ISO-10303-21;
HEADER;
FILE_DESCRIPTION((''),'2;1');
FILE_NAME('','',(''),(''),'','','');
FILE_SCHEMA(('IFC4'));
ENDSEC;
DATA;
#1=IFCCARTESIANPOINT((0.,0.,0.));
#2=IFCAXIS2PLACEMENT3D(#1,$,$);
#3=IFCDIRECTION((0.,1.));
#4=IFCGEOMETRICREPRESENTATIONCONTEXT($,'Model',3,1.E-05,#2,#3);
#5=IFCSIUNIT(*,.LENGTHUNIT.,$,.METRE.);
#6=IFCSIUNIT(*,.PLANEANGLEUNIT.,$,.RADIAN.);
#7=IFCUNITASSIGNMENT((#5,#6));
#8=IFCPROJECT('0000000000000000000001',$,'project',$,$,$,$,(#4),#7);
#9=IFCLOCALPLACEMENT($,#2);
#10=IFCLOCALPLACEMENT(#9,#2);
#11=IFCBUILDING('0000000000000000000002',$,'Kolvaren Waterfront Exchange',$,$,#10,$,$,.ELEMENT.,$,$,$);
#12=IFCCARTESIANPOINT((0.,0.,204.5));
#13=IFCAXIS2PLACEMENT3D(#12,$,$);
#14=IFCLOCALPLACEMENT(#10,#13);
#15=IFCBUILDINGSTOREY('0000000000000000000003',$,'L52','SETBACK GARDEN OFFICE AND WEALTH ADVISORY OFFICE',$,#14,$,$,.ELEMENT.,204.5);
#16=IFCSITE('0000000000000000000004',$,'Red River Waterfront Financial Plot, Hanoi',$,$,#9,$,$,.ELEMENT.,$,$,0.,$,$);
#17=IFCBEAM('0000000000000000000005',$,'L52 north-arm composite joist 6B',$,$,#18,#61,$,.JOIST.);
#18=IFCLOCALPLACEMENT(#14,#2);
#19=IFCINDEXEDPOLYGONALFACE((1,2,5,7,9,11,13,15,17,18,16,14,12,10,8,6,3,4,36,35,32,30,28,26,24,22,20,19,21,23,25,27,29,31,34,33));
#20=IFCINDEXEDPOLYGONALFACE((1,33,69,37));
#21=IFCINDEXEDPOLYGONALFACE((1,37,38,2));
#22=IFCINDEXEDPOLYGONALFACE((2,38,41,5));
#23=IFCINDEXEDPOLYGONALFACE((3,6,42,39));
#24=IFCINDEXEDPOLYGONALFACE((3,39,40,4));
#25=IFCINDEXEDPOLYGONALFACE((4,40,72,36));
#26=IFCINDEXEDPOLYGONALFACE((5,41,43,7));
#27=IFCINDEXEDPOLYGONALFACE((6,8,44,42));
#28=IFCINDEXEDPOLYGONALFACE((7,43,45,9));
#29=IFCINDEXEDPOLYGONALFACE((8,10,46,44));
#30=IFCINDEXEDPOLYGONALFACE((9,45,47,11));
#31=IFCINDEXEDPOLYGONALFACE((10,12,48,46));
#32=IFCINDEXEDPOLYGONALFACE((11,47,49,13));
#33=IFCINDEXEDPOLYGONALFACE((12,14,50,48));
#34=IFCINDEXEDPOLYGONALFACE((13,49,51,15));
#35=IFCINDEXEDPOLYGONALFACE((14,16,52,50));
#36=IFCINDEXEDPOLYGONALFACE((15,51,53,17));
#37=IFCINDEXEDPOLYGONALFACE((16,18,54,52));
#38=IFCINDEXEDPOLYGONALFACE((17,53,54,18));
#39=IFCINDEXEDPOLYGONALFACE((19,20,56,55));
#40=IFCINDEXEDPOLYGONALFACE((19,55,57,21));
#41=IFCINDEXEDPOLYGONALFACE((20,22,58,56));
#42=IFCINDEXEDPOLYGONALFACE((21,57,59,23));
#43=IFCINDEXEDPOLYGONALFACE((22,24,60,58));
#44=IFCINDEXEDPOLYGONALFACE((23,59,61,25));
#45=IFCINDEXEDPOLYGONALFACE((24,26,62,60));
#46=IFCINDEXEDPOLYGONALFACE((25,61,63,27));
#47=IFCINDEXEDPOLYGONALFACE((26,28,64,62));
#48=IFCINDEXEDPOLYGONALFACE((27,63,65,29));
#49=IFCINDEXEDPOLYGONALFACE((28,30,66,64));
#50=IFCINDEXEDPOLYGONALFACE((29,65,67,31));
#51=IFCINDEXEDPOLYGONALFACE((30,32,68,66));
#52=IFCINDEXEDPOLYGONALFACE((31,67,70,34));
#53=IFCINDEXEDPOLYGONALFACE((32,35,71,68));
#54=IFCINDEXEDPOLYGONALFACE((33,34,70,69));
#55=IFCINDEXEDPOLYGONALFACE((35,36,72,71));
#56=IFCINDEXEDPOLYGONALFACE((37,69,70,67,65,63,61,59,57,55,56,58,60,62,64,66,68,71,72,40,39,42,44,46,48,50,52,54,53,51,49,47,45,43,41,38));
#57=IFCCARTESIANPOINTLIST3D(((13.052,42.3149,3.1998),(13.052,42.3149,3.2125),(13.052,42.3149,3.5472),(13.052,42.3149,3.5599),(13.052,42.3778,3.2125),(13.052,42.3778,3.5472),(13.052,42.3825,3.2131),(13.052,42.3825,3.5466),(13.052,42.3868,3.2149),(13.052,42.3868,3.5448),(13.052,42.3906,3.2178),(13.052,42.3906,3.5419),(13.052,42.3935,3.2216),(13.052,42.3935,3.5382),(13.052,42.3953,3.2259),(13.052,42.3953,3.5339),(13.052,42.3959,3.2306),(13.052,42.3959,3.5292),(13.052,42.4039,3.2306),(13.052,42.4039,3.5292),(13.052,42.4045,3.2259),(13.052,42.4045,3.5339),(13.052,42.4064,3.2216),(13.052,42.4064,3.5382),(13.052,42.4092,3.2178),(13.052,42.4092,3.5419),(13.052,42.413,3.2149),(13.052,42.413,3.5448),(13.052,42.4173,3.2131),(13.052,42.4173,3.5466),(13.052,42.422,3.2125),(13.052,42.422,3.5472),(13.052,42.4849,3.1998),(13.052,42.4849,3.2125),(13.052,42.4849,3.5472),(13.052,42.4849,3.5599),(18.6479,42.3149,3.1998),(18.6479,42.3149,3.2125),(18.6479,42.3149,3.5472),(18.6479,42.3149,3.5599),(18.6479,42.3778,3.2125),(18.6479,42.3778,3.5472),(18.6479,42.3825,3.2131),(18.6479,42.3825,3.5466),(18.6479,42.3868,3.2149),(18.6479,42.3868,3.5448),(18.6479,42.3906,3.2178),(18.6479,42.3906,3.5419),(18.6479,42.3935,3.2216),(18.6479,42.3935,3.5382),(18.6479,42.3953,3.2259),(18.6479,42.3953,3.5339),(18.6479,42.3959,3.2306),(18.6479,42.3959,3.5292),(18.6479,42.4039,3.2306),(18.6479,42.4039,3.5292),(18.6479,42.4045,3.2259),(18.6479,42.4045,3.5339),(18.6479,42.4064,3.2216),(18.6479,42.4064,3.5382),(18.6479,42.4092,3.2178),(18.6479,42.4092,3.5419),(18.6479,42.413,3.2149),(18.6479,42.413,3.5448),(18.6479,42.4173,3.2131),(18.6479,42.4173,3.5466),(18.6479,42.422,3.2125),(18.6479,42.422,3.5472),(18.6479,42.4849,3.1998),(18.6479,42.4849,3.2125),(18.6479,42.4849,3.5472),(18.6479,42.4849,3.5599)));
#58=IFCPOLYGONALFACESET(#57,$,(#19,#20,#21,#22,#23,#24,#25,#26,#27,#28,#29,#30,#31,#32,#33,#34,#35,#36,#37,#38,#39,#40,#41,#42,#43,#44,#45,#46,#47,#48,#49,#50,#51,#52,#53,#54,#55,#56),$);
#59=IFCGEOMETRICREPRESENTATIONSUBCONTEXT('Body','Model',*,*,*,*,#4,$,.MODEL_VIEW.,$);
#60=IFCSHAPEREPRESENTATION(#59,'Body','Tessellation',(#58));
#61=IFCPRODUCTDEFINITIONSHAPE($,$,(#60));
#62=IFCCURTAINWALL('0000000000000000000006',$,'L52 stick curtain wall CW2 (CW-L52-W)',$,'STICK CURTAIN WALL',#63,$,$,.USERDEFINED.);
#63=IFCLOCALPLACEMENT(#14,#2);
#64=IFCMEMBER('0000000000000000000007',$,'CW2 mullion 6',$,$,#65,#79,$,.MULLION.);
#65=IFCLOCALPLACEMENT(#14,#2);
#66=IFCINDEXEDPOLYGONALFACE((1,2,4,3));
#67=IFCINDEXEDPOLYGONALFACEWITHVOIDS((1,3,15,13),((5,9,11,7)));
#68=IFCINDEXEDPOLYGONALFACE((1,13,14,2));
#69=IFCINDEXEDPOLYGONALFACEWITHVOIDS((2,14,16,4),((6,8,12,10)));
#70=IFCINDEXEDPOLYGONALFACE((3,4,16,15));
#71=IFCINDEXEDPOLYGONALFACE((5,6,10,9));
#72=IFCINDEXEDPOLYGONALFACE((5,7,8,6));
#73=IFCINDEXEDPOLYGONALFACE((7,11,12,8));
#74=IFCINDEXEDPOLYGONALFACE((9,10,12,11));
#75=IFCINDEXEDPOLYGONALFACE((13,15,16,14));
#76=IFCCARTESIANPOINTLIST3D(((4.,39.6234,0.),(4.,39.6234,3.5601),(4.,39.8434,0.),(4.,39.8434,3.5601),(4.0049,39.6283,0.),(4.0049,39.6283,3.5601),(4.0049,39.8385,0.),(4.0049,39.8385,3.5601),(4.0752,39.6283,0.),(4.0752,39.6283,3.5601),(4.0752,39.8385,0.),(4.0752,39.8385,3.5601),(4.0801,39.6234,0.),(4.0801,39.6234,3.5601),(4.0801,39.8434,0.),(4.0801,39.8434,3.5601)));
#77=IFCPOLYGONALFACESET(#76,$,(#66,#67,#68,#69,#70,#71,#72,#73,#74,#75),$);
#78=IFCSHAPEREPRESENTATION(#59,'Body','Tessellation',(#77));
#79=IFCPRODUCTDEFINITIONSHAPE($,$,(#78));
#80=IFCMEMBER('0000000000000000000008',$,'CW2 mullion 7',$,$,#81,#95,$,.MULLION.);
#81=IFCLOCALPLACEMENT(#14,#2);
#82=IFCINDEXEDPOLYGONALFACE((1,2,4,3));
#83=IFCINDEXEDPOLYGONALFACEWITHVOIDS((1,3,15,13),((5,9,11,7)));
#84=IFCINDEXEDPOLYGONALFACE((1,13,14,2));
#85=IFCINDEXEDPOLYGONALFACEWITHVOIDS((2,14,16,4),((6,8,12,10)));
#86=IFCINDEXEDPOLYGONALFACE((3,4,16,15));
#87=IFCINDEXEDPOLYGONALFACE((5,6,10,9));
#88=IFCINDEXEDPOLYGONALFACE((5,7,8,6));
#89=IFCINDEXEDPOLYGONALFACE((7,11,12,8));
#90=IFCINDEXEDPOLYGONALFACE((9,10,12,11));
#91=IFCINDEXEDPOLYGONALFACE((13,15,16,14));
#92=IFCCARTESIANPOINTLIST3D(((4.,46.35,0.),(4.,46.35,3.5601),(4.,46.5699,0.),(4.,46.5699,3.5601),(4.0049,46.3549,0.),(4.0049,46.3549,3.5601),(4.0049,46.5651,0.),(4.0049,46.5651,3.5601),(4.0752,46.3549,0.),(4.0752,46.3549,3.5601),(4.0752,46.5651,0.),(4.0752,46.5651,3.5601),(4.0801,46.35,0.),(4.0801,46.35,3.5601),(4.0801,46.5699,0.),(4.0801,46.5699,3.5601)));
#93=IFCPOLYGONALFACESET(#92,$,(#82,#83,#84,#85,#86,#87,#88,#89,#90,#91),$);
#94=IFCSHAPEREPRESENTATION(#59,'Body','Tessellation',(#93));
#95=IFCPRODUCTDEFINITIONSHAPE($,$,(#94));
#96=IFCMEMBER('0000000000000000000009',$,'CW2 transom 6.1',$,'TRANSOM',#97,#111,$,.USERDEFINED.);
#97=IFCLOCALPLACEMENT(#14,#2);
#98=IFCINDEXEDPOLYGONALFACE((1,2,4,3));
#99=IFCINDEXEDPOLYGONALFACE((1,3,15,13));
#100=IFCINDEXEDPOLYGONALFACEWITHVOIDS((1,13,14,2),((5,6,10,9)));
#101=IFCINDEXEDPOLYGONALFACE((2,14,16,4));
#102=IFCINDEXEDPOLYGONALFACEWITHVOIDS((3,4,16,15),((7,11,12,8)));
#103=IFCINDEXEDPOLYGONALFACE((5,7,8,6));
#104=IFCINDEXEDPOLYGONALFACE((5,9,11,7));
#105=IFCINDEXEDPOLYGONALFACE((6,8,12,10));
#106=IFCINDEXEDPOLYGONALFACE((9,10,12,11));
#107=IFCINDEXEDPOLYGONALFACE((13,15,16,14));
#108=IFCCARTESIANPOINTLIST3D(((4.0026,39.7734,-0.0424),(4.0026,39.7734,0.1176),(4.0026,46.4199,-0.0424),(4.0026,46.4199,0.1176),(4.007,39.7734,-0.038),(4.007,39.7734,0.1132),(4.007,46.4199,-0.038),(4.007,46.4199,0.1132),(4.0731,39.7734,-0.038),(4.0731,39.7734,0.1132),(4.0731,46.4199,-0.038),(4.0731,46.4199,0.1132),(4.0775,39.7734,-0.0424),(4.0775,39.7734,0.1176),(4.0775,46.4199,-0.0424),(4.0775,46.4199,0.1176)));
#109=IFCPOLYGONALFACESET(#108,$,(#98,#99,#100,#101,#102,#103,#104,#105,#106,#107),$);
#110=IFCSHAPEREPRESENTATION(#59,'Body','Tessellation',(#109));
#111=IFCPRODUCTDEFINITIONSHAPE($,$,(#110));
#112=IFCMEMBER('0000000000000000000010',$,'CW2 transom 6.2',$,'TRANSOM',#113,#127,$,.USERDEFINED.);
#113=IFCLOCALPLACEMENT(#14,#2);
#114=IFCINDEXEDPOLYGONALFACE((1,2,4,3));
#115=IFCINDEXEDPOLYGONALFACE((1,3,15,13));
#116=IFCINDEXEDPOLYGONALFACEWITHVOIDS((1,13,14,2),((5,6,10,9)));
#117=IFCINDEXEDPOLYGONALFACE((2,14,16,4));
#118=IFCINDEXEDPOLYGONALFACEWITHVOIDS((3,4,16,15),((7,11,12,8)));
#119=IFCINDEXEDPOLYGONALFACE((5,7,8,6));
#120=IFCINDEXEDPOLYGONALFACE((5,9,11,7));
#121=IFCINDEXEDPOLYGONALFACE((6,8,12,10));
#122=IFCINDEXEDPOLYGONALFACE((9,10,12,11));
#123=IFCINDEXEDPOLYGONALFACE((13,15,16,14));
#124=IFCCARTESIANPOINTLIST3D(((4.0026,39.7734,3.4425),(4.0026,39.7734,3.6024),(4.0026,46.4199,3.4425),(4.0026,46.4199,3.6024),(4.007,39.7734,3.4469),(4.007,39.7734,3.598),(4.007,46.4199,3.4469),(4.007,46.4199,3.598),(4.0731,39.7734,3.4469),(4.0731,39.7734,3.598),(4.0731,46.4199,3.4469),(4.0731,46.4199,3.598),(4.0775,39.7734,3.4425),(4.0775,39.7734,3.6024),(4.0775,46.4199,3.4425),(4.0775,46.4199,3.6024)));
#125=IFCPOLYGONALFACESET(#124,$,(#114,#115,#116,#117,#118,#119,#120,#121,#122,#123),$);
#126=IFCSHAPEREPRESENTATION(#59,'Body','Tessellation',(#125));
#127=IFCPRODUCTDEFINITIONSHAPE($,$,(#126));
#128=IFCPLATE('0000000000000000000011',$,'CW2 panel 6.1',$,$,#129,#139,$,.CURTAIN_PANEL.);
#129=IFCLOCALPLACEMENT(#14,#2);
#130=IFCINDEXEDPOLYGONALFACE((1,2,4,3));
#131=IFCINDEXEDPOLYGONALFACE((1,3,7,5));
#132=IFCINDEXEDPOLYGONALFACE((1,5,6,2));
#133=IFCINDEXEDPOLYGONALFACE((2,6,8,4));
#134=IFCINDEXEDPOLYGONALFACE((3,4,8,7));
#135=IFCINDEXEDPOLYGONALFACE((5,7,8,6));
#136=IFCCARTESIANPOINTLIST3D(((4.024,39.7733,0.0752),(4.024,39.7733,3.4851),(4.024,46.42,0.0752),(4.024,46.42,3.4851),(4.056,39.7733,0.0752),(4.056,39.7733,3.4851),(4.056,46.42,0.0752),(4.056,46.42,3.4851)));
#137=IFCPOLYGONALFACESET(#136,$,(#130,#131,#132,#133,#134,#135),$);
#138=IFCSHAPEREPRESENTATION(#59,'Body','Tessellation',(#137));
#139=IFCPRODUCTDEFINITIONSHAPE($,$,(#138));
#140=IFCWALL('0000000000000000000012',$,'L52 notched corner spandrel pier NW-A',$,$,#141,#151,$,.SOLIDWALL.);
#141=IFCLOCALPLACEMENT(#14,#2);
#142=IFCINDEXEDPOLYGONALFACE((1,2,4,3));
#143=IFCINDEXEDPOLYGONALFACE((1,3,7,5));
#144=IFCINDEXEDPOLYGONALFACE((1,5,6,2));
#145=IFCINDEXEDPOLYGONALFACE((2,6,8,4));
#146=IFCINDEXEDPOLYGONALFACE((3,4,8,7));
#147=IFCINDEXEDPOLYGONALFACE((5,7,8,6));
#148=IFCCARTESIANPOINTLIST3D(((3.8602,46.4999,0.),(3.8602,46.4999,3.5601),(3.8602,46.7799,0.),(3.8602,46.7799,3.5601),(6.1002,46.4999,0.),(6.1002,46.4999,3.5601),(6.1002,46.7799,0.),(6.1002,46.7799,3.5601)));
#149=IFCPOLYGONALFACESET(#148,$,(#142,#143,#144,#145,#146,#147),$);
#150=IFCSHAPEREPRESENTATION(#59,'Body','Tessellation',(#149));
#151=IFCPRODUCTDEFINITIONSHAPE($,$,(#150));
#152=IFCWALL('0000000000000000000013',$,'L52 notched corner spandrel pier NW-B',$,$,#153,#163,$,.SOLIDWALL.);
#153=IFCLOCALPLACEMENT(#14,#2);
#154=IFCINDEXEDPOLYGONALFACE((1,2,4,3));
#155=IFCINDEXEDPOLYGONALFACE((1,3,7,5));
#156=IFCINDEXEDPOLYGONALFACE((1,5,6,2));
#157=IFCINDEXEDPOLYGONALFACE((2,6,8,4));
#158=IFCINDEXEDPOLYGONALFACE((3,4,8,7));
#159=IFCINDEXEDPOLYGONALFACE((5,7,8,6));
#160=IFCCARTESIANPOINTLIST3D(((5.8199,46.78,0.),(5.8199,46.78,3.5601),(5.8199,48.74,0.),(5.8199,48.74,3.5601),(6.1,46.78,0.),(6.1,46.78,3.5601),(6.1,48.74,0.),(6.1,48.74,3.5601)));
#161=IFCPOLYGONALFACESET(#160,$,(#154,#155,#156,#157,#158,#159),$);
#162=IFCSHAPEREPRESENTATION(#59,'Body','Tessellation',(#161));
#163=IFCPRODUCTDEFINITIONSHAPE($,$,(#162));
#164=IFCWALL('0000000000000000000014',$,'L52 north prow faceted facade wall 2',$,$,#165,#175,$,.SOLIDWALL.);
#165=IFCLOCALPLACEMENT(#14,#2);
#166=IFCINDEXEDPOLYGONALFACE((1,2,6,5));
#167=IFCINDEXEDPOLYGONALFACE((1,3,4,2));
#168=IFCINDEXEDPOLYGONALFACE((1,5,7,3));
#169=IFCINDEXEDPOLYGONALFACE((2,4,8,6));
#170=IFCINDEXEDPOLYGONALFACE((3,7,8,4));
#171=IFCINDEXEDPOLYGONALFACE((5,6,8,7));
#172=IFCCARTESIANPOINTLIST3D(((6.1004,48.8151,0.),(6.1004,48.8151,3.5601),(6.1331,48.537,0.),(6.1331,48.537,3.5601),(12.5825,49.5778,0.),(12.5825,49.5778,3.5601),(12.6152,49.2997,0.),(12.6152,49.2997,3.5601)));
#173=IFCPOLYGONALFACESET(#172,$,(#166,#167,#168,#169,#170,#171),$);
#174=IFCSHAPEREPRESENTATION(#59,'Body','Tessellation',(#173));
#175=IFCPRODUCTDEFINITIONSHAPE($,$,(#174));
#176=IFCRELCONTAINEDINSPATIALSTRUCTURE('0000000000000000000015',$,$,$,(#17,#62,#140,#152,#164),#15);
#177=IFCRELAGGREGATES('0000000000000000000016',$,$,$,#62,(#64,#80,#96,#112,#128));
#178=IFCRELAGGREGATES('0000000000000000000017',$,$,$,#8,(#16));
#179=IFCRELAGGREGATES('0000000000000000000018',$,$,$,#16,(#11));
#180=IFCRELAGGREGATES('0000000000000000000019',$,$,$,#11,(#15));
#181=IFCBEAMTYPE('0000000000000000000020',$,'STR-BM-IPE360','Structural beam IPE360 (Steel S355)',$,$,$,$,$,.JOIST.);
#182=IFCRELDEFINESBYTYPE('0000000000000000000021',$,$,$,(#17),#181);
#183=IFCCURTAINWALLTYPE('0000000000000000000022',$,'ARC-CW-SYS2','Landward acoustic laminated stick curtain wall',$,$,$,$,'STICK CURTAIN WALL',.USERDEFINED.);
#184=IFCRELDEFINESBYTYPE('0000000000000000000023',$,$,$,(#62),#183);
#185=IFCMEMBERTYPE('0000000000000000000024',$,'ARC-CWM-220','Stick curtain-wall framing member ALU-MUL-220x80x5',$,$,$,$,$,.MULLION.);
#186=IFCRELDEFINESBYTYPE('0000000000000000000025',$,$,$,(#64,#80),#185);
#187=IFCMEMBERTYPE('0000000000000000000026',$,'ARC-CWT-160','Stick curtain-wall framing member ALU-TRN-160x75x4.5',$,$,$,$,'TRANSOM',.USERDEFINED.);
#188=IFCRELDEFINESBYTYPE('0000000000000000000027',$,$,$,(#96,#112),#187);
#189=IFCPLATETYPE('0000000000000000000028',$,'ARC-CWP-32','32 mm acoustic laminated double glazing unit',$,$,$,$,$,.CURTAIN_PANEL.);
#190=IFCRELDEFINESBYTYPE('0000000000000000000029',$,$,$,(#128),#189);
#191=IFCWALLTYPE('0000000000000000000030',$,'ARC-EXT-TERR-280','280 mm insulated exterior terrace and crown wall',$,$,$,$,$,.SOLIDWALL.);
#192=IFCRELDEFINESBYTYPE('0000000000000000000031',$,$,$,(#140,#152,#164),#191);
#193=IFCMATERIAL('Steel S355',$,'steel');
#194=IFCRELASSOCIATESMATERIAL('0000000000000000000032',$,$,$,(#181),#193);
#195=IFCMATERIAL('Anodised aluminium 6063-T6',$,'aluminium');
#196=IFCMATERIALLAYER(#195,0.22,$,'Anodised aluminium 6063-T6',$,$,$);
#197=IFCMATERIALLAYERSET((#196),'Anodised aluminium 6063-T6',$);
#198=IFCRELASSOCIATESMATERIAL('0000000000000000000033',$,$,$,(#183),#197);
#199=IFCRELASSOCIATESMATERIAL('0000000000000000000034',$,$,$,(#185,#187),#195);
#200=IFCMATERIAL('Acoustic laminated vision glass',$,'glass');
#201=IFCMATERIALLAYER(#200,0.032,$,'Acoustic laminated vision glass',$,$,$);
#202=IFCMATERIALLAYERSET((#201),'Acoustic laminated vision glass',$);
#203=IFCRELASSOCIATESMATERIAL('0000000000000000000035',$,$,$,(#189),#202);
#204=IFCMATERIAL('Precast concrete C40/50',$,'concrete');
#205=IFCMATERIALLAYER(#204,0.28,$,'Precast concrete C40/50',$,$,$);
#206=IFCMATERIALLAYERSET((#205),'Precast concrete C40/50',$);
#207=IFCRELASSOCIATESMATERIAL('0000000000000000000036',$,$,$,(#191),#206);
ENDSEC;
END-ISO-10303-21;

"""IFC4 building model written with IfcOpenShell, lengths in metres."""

from ifc_helpers import new_model, si_unit, direction, frame, frame_2d, origin, origin_with_axes, origin_2d, place, context, subcontext, project, spatial, rectangle, hollow_rectangle, i_section, extrude, source, transform, mapped, material, layer, layer_set, material_profile, profile_set, type_object, element, aggregate, save


model = new_model("IFC4")

# Units and contexts
model_context = context("Model", 3, precision=1e-05, world=origin(), true_north=direction((0.0, 1.0)))
body_context = subcontext(model_context, "Body", "Model", "MODEL_VIEW")
ifc_project = project(units=[si_unit("LENGTHUNIT", "METRE"), si_unit("PLANEANGLEUNIT", "RADIAN")], contexts=[model_context])

# Site, building, storey
site_placement = place(None, origin())
site = spatial("IfcSite", under=ifc_project, at=site_placement, Name="Red River Waterfront Financial Plot, Hanoi", CompositionType="ELEMENT", RefElevation=0.0)
building_placement = place(site_placement, origin())
building = spatial("IfcBuilding", under=site, at=building_placement, Name="Kolvaren Waterfront Exchange", CompositionType="ELEMENT")
storey_placement = place(building_placement, frame((0.0, 0.0, 204.5)))
storey = spatial("IfcBuildingStorey", under=building, at=storey_placement, Name="L52", Description="SETBACK GARDEN OFFICE AND WEALTH ADVISORY OFFICE", CompositionType="ELEMENT", Elevation=204.5)

# Beam
ifc_material_1 = material(Name="Steel S355", Category="steel")
ifc_material_profile_1 = material_profile(ifc_material_1, i_section(OverallWidth=0.1699, OverallDepth=0.3601, WebThickness=0.0081, FlangeThickness=0.0127, FilletRadius=0.0181, at=origin_2d()), Name="IPE360")
ifc_profile_set_1 = profile_set([ifc_material_profile_1], Name="Steel S355")
beam_type_1 = type_object("IfcBeamType", Name="STR-BM-IPE360", Description="Structural beam IPE360 (Steel S355)", PredefinedType="JOIST", material=ifc_profile_set_1)
beam_1_placement = place(storey_placement, frame((13.052, 42.3999, 3.3799), z_axis=(1.0, 0.0, 0.0), x_axis=(0.0, 1.0, 0.0)))
element("IfcBeam", 1, at=beam_1_placement, inside=storey, type_object=beam_type_1, Name="L52 north-arm composite joist 6B", PredefinedType="JOIST", context=body_context, shape_type="SweptSolid", body=[
    extrude(i_section(OverallWidth=0.1699, OverallDepth=0.3601, WebThickness=0.0081, FlangeThickness=0.0127, FilletRadius=0.0181, at=origin_2d()), origin(), (0.0, 0.0, 1.0), 5.5959),
])

# Curtain wall, members, plate
ifc_material_2 = material(Name="Anodised aluminium 6063-T6", Category="aluminium")
ifc_layer_1 = layer(ifc_material_2, 0.22, Name="Anodised aluminium 6063-T6")
ifc_layer_set_1 = layer_set([ifc_layer_1], Name="Anodised aluminium 6063-T6")
curtain_wall_type = type_object("IfcCurtainWallType", Name="ARC-CW-SYS2", Description="Landward acoustic laminated stick curtain wall", ElementType="STICK CURTAIN WALL", PredefinedType="USERDEFINED", material=ifc_layer_set_1)
curtain_wall_placement = place(storey_placement, origin())
curtain_wall = element("IfcCurtainWall", 2, at=curtain_wall_placement, inside=storey, type_object=curtain_wall_type, Name="L52 stick curtain wall CW2 (CW-L52-W)", ObjectType="STICK CURTAIN WALL", PredefinedType="USERDEFINED")
ifc_material_profile_2 = material_profile(ifc_material_2, hollow_rectangle(XDim=0.0801, YDim=0.22, WallThickness=0.0049, at=origin_2d()), Name="ALU-MUL-220x80x5")
ifc_profile_set_2 = profile_set([ifc_material_profile_2], Name="Anodised aluminium 6063-T6")
member_type_1 = type_object("IfcMemberType", Name="ARC-CWM-220", Description="Stick curtain-wall framing member ALU-MUL-220x80x5", PredefinedType="MULLION", material=ifc_profile_set_2)
shared_shape_1 = source(origin_with_axes(), body_context, "Body", "SweptSolid", [
    extrude(hollow_rectangle(XDim=0.0801, YDim=0.22, WallThickness=0.0049, at=origin_2d()), origin(), (0.0, 0.0, 1.0), 3.5601),
])
member_1_placement = place(storey_placement, frame((4.04, 39.7334, 0.0), z_axis=(0.0, 0.0, 1.0), x_axis=(-1.0, 0.0, 0.0)))
member_1 = element("IfcMember", 3, at=member_1_placement, type_object=member_type_1, Name="CW2 mullion 6", PredefinedType="MULLION", context=body_context, shape_type="MappedRepresentation", body=[
    mapped(shared_shape_1, transform((0.0, 0.0, 0.0), x_axis=(1.0, 0.0, 0.0), y_axis=(0.0, 1.0, 0.0), z_axis=(0.0, 0.0, 1.0), scale=1.0)),
])
member_2_placement = place(storey_placement, frame((4.04, 46.46, 0.0), z_axis=(0.0, 0.0, 1.0), x_axis=(-1.0, 0.0, 0.0)))
member_2 = element("IfcMember", 4, at=member_2_placement, type_object=member_type_1, Name="CW2 mullion 7", PredefinedType="MULLION", context=body_context, shape_type="MappedRepresentation", body=[
    mapped(shared_shape_1, transform((0.0, 0.0, 0.0), x_axis=(1.0, 0.0, 0.0), y_axis=(0.0, 1.0, 0.0), z_axis=(0.0, 0.0, 1.0), scale=1.0)),
])
ifc_material_profile_3 = material_profile(ifc_material_2, hollow_rectangle(XDim=0.075, YDim=0.1599, WallThickness=0.0044, at=origin_2d()), Name="ALU-TRN-160x75x4.5")
ifc_profile_set_3 = profile_set([ifc_material_profile_3], Name="Anodised aluminium 6063-T6")
member_type_2 = type_object("IfcMemberType", Name="ARC-CWT-160", Description="Stick curtain-wall framing member ALU-TRN-160x75x4.5", ElementType="TRANSOM", PredefinedType="USERDEFINED", material=ifc_profile_set_3)
shared_shape_2 = source(origin_with_axes(), body_context, "Body", "SweptSolid", [
    extrude(hollow_rectangle(XDim=0.075, YDim=0.1599, WallThickness=0.0044, at=origin_2d()), origin(), (0.0, 0.0, 1.0), 6.6465),
])
member_3_placement = place(storey_placement, frame((4.04, 39.7734, 0.0376), z_axis=(0.0, 1.0, 0.0), x_axis=(-1.0, 0.0, 0.0)))
member_3 = element("IfcMember", 5, at=member_3_placement, type_object=member_type_2, Name="CW2 transom 6.1", ObjectType="TRANSOM", PredefinedType="USERDEFINED", context=body_context, shape_type="MappedRepresentation", body=[
    mapped(shared_shape_2, transform((0.0, 0.0, 0.0), x_axis=(1.0, 0.0, 0.0), y_axis=(0.0, 1.0, 0.0), z_axis=(0.0, 0.0, 1.0), scale=1.0)),
])
member_4_placement = place(storey_placement, frame((4.04, 39.7734, 3.5225), z_axis=(0.0, 1.0, 0.0), x_axis=(-1.0, 0.0, 0.0)))
member_4 = element("IfcMember", 6, at=member_4_placement, type_object=member_type_2, Name="CW2 transom 6.2", ObjectType="TRANSOM", PredefinedType="USERDEFINED", context=body_context, shape_type="MappedRepresentation", body=[
    mapped(shared_shape_2, transform((0.0, 0.0, 0.0), x_axis=(1.0, 0.0, 0.0), y_axis=(0.0, 1.0, 0.0), z_axis=(0.0, 0.0, 1.0), scale=1.0)),
])
ifc_material_3 = material(Name="Acoustic laminated vision glass", Category="glass")
ifc_layer_2 = layer(ifc_material_3, 0.032, Name="Acoustic laminated vision glass")
ifc_layer_set_2 = layer_set([ifc_layer_2], Name="Acoustic laminated vision glass")
plate_type = type_object("IfcPlateType", Name="ARC-CWP-32", Description="32 mm acoustic laminated double glazing unit", PredefinedType="CURTAIN_PANEL", material=ifc_layer_set_2)
shared_shape_3 = source(origin_with_axes(), body_context, "Body", "SweptSolid", [
    extrude(rectangle(XDim=6.6467, YDim=0.032, at=origin_2d()), origin(), (0.0, 0.0, 1.0), 3.4099),
])
plate_placement = place(storey_placement, frame((4.04, 43.0967, 0.0752), z_axis=(0.0, 0.0, 1.0), x_axis=(0.0, 1.0, 0.0)))
plate = element("IfcPlate", 7, at=plate_placement, type_object=plate_type, Name="CW2 panel 6.1", PredefinedType="CURTAIN_PANEL", context=body_context, shape_type="MappedRepresentation", body=[
    mapped(shared_shape_3, transform((0.0, 0.0, 0.0), x_axis=(1.0, 0.0, 0.0), y_axis=(0.0, 1.0, 0.0), z_axis=(0.0, 0.0, 1.0), scale=1.0)),
])
aggregate(curtain_wall, [member_1, member_2, member_3, member_4, plate])

# Walls
ifc_material_4 = material(Name="Precast concrete C40/50", Category="concrete")
ifc_layer_3 = layer(ifc_material_4, 0.28, Name="Precast concrete C40/50")
ifc_layer_set_3 = layer_set([ifc_layer_3], Name="Precast concrete C40/50")
wall_type_1 = type_object("IfcWallType", Name="ARC-EXT-TERR-280", Description="280 mm insulated exterior terrace and crown wall", PredefinedType="SOLIDWALL", material=ifc_layer_set_3)
wall_1_placement = place(storey_placement, frame((3.8601, 46.6399, 0.0), z_axis=(0.0, 0.0, 1.0), x_axis=(1.0, 0.0, 0.0)))
element("IfcWall", 8, at=wall_1_placement, inside=storey, type_object=wall_type_1, Name="L52 notched corner spandrel pier NW-A", PredefinedType="SOLIDWALL", context=body_context, shape_type="SweptSolid", body=[
    extrude(rectangle(XDim=2.24, YDim=0.28, at=frame_2d((1.1201, 0.0))), origin(), (0.0, 0.0, 1.0), 3.5601),
])
wall_2_placement = place(storey_placement, frame((5.96, 46.78, 0.0), z_axis=(0.0, 0.0, 1.0), x_axis=(0.0, 1.0, 0.0)))
element("IfcWall", 9, at=wall_2_placement, inside=storey, type_object=wall_type_1, Name="L52 notched corner spandrel pier NW-B", PredefinedType="SOLIDWALL", context=body_context, shape_type="SweptSolid", body=[
    extrude(rectangle(XDim=1.96, YDim=0.28, at=frame_2d((0.98, 0.0))), origin(), (0.0, 0.0, 1.0), 3.5601),
])
wall_3_placement = place(storey_placement, frame((12.5989, 49.4387, 0.0), z_axis=(0.0, 0.0, 1.0), x_axis=(-0.993149, -0.116854, 0.0)))
element("IfcWall", 10, at=wall_3_placement, inside=storey, type_object=wall_type_1, Name="L52 north prow faceted facade wall 2", PredefinedType="SOLIDWALL", context=body_context, shape_type="SweptSolid", body=[
    extrude(rectangle(XDim=6.5269, YDim=0.28, at=frame_2d((3.2634, 0.0))), origin(), (0.0, 0.0, 1.0), 3.5601),
])

save(model, "model.ifc")
